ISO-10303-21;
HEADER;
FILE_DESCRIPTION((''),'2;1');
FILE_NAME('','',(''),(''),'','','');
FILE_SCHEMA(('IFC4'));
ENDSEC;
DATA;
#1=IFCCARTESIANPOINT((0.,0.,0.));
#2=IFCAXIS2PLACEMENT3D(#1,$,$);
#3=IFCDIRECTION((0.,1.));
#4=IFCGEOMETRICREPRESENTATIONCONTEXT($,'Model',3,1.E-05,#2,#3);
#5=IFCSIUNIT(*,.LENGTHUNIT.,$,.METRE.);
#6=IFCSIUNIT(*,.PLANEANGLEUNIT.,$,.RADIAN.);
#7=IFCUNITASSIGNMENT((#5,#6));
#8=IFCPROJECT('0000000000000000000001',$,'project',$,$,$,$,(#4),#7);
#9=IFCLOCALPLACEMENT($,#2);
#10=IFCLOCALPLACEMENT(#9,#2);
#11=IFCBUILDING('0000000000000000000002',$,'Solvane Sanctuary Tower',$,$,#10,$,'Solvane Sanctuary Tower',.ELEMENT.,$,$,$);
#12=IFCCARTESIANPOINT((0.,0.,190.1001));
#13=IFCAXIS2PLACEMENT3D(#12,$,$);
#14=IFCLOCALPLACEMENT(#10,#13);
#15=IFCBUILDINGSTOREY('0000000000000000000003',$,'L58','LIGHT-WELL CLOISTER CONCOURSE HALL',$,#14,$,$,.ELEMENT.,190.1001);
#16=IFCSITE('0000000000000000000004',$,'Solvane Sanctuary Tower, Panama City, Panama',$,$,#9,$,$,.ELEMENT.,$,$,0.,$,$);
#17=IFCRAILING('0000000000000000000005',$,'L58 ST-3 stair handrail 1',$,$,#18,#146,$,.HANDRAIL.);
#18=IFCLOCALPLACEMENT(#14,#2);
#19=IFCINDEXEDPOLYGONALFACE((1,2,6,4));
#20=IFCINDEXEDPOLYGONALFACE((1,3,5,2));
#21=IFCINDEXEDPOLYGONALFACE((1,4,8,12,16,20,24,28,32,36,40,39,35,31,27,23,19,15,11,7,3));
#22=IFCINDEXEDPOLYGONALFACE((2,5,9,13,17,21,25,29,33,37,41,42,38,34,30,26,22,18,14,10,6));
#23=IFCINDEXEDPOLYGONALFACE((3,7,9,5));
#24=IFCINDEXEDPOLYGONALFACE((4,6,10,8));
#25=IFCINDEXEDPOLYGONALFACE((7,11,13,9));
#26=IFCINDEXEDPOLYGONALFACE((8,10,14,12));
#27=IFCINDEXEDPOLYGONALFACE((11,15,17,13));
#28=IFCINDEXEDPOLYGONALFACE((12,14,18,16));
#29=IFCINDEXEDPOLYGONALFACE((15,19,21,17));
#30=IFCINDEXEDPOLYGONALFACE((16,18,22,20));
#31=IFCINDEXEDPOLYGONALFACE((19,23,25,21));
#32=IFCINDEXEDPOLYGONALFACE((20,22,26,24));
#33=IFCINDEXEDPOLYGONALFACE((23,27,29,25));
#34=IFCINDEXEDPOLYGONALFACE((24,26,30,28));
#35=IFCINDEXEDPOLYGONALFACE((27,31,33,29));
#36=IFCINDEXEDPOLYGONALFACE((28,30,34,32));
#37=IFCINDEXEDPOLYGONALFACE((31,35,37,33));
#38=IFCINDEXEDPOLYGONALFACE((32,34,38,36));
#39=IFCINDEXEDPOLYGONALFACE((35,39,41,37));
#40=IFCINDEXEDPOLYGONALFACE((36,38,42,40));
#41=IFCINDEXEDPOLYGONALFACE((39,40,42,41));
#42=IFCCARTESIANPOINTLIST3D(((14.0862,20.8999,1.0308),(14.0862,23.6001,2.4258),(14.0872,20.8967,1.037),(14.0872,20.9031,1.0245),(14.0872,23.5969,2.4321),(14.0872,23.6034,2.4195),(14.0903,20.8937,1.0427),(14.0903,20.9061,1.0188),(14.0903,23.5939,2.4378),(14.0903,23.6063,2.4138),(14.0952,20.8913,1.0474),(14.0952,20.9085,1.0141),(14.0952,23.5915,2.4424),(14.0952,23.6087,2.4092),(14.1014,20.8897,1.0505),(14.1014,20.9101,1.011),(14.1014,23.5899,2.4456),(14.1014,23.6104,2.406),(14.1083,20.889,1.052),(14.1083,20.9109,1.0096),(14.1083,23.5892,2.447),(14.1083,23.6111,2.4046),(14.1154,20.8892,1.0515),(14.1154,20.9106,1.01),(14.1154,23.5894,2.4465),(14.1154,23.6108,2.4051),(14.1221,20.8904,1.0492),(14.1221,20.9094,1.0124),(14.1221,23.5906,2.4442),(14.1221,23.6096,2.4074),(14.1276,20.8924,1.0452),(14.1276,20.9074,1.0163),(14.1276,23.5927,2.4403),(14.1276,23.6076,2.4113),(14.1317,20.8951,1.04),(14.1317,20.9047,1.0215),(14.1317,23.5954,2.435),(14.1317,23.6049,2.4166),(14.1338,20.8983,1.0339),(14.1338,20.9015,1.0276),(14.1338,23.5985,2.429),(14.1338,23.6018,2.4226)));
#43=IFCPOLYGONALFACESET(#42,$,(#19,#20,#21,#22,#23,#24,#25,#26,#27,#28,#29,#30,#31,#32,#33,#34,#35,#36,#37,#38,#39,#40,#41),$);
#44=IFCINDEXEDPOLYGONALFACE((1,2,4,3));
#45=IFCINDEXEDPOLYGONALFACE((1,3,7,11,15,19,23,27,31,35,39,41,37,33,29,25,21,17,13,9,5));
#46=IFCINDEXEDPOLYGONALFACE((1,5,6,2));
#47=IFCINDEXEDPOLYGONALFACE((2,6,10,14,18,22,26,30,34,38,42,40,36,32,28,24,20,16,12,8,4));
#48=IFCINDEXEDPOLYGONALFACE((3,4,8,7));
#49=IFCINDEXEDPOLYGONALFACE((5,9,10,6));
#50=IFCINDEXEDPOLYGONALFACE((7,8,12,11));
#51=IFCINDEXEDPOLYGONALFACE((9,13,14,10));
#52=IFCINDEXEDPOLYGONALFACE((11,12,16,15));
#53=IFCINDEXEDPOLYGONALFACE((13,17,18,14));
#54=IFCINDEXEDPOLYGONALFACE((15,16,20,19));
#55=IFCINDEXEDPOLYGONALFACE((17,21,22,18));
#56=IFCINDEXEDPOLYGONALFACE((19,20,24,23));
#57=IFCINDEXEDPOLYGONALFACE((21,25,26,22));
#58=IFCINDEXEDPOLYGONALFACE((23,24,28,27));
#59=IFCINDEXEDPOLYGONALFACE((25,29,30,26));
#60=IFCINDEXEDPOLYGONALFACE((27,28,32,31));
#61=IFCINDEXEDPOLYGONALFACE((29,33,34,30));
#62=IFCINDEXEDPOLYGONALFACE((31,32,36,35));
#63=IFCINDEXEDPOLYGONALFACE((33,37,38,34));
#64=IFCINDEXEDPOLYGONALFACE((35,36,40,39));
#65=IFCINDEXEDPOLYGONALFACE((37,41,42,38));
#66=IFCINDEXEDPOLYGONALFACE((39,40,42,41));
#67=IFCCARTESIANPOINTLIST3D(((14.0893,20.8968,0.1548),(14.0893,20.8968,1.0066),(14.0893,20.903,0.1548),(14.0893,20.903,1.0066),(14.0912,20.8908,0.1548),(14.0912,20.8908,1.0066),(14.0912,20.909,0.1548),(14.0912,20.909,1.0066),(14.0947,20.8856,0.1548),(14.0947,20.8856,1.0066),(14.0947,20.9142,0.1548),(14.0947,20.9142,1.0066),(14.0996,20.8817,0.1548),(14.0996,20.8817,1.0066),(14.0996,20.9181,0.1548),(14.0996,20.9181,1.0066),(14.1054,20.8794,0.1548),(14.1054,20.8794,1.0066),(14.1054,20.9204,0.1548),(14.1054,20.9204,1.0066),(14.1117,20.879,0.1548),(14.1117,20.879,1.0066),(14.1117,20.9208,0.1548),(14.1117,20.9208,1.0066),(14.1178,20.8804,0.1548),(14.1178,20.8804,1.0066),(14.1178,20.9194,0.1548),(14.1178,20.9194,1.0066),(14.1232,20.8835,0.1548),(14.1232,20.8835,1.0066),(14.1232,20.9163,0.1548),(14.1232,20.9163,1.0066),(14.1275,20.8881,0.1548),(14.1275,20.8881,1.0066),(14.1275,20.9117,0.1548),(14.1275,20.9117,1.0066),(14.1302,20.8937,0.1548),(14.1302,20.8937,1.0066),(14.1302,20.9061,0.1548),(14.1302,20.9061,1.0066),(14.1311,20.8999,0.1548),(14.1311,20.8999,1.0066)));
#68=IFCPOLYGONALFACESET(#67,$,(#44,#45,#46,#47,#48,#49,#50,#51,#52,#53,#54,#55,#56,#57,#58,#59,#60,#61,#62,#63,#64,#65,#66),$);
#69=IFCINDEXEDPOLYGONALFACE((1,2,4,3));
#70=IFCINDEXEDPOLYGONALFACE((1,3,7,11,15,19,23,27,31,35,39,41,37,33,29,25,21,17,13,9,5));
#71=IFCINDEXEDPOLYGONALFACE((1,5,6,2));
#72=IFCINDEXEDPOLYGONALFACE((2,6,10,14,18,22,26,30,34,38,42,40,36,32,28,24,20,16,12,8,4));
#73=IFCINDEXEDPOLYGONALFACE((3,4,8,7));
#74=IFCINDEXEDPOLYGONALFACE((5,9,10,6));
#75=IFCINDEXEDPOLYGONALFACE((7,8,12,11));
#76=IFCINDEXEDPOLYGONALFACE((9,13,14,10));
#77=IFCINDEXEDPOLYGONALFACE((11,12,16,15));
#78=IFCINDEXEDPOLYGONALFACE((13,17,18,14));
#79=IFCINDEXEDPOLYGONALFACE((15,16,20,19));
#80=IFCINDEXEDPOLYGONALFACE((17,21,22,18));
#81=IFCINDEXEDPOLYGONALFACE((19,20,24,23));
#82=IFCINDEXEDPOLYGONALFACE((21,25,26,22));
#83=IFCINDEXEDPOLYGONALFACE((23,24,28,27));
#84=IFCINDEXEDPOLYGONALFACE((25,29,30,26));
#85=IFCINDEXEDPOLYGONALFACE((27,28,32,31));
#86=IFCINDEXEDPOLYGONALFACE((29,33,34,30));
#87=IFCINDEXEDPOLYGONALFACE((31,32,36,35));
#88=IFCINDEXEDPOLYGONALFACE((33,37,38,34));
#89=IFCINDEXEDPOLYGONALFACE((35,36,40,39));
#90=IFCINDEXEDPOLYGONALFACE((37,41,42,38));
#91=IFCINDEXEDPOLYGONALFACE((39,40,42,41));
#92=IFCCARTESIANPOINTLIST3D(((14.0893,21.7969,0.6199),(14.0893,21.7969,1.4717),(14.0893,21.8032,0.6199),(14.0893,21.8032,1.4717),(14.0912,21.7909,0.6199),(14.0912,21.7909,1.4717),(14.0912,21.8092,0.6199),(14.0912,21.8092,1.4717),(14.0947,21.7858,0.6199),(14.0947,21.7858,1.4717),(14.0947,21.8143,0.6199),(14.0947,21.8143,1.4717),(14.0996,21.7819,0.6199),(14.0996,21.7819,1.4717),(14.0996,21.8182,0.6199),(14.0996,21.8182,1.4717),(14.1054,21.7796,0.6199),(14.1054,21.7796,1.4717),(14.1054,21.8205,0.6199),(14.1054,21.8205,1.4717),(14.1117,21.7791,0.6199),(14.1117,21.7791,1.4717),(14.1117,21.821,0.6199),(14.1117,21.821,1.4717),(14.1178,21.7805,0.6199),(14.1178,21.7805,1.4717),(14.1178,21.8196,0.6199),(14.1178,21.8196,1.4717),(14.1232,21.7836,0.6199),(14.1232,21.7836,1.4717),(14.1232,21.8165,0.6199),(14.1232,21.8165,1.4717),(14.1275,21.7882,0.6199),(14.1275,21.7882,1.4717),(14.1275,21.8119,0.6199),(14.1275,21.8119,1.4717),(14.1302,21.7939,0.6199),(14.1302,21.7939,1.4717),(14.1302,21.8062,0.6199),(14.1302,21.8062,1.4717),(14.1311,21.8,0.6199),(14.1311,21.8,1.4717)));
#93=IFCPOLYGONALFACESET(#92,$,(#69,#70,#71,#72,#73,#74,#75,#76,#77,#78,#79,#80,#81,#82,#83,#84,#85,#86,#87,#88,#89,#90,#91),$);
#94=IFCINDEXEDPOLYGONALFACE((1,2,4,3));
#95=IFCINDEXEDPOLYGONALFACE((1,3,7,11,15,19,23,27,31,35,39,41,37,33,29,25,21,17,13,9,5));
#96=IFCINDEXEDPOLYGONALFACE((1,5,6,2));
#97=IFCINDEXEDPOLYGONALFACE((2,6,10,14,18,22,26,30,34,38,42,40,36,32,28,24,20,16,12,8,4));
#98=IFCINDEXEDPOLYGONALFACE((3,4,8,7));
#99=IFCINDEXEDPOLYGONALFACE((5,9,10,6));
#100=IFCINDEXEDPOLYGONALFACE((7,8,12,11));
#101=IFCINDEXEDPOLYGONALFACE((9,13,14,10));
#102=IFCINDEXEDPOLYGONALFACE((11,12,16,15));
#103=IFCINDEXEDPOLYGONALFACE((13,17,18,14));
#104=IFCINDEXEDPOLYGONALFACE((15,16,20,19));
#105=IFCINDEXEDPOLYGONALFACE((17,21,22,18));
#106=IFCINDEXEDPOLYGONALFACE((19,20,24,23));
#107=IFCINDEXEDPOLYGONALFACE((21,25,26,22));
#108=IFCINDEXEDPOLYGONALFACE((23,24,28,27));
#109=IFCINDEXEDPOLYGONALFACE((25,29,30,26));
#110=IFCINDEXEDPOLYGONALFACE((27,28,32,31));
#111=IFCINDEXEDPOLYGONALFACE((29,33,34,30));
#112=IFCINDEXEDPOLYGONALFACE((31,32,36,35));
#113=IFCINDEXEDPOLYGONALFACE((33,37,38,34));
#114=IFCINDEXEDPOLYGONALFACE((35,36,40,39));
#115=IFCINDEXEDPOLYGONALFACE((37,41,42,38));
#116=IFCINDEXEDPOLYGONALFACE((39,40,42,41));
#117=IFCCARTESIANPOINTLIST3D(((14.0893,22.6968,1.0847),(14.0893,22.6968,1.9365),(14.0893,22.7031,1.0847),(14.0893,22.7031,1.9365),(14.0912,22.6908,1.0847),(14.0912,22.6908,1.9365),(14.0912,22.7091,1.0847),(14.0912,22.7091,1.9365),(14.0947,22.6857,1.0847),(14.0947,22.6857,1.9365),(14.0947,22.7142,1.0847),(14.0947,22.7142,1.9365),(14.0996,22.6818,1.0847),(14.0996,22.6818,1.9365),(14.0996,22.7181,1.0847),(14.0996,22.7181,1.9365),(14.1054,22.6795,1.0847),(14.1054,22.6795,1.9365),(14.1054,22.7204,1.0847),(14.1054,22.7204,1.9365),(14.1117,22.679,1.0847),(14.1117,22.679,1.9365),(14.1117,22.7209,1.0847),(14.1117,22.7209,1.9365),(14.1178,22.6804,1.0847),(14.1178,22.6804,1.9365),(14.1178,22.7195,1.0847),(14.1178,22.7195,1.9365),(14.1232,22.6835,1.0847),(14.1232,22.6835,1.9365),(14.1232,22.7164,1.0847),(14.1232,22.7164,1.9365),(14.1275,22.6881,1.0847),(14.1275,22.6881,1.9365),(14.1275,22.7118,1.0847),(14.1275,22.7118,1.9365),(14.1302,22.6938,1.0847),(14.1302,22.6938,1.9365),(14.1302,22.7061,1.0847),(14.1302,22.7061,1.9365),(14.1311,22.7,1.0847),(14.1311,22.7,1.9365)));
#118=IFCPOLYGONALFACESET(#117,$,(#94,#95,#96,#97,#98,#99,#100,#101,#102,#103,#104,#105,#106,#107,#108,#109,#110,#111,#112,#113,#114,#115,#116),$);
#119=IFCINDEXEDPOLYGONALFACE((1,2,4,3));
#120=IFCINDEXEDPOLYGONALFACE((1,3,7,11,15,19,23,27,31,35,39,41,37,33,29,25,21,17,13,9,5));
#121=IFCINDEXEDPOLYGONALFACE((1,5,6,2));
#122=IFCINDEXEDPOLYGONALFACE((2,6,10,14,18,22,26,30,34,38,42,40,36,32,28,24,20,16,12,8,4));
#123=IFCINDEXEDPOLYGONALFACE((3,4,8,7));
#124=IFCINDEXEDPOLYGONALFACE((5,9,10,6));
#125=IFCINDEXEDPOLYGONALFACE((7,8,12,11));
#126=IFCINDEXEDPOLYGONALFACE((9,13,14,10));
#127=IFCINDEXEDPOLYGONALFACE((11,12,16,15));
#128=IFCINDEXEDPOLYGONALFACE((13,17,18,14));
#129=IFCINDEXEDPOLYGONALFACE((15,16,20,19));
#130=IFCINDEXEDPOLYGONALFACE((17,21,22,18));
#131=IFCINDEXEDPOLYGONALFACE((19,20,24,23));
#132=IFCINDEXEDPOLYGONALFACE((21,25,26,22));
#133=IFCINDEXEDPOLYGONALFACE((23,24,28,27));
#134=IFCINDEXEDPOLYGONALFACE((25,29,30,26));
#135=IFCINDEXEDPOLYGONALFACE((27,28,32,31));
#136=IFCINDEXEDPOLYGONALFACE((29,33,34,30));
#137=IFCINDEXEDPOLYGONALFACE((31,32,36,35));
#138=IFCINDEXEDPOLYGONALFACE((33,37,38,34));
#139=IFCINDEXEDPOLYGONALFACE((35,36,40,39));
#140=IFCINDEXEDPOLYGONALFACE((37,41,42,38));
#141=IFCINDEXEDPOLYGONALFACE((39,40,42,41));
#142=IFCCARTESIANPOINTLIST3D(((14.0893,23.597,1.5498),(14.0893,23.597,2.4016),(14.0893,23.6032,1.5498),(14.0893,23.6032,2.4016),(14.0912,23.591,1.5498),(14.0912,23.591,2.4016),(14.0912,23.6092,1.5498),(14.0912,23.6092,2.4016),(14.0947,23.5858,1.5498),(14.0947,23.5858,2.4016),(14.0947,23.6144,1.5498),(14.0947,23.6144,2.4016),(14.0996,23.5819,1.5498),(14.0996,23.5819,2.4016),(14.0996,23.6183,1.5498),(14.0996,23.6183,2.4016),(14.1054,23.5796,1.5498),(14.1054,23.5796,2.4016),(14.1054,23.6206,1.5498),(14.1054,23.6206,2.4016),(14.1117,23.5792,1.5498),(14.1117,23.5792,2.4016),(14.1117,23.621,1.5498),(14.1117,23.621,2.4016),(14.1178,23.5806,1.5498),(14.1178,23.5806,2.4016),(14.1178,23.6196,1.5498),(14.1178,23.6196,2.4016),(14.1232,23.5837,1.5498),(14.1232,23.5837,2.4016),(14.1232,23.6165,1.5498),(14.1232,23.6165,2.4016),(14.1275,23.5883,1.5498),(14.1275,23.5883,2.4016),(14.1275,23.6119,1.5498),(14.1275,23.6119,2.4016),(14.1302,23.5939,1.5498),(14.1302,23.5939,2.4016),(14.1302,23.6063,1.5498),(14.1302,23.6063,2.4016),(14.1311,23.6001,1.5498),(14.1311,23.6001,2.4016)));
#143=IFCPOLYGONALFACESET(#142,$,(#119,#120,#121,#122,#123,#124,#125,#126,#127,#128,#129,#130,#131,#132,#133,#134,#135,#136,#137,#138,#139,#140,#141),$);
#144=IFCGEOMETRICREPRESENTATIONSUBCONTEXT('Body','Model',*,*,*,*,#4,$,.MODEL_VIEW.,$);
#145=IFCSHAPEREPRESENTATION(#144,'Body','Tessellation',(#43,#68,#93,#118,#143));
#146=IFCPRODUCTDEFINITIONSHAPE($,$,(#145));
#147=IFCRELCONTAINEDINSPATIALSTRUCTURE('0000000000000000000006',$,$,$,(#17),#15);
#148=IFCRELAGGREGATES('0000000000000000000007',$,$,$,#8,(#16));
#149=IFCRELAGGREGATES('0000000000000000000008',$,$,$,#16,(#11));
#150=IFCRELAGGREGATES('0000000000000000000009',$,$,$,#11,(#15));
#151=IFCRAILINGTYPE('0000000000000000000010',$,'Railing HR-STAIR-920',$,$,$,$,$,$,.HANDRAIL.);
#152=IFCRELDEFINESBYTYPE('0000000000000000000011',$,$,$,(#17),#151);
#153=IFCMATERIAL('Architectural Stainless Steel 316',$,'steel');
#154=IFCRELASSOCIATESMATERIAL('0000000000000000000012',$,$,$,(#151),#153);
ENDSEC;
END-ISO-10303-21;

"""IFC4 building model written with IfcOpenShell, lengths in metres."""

from ifc_helpers import new_model, si_unit, direction, frame, origin, origin_2d, place, context, subcontext, project, spatial, circle, extrude, material, type_object, element, save


model = new_model("IFC4")

# Units and contexts
model_context = context("Model", 3, precision=1e-05, world=origin(), true_north=direction((0.0, 1.0)))
body_context = subcontext(model_context, "Body", "Model", "MODEL_VIEW")
ifc_project = project(units=[si_unit("LENGTHUNIT", "METRE"), si_unit("PLANEANGLEUNIT", "RADIAN")], contexts=[model_context])

# Site, building, storey
site_placement = place(None, origin())
site = spatial("IfcSite", under=ifc_project, at=site_placement, Name="Solvane Sanctuary Tower, Panama City, Panama", CompositionType="ELEMENT", RefElevation=0.0)
building_placement = place(site_placement, origin())
building = spatial("IfcBuilding", under=site, at=building_placement, Name="Solvane Sanctuary Tower", LongName="Solvane Sanctuary Tower", CompositionType="ELEMENT")
storey_placement = place(building_placement, frame((0.0, 0.0, 190.1001)))
storey = spatial("IfcBuildingStorey", under=building, at=storey_placement, Name="L58", Description="LIGHT-WELL CLOISTER CONCOURSE HALL", CompositionType="ELEMENT", Elevation=190.1001)

# Railing
ifc_material_1 = material(Name="Architectural Stainless Steel 316", Category="steel")
railing_type_1 = type_object("IfcRailingType", Name="Railing HR-STAIR-920", PredefinedType="HANDRAIL", material=ifc_material_1)
railing_1_placement = place(storey_placement, frame((14.1101, 20.8999, 0.1548)))
element("IfcRailing", 1, at=railing_1_placement, inside=storey, type_object=railing_type_1, Name="L58 ST-3 stair handrail 1", PredefinedType="HANDRAIL", context=body_context, shape_type="SweptSolid", body=[
    extrude(circle(Radius=0.0239, at=origin_2d()), frame((0.0, 0.0, 0.876), z_axis=(0.0, 0.888437, 0.458999), x_axis=(-1.0, 0.0, 0.0)), (0.0, 0.0, 1.0), 3.0393),
    extrude(circle(Radius=0.021, at=origin_2d()), origin(), (0.0, 0.0, 1.0), 0.8518),
    extrude(circle(Radius=0.021, at=origin_2d()), frame((0.0, 0.9001, 0.4651)), (0.0, 0.0, 1.0), 0.8518),
    extrude(circle(Radius=0.021, at=origin_2d()), frame((0.0, 1.8, 0.9299)), (0.0, 0.0, 1.0), 0.8518),
    extrude(circle(Radius=0.021, at=origin_2d()), frame((0.0, 2.7002, 1.395)), (0.0, 0.0, 1.0), 0.8518),
])

save(model, "model.ifc")
